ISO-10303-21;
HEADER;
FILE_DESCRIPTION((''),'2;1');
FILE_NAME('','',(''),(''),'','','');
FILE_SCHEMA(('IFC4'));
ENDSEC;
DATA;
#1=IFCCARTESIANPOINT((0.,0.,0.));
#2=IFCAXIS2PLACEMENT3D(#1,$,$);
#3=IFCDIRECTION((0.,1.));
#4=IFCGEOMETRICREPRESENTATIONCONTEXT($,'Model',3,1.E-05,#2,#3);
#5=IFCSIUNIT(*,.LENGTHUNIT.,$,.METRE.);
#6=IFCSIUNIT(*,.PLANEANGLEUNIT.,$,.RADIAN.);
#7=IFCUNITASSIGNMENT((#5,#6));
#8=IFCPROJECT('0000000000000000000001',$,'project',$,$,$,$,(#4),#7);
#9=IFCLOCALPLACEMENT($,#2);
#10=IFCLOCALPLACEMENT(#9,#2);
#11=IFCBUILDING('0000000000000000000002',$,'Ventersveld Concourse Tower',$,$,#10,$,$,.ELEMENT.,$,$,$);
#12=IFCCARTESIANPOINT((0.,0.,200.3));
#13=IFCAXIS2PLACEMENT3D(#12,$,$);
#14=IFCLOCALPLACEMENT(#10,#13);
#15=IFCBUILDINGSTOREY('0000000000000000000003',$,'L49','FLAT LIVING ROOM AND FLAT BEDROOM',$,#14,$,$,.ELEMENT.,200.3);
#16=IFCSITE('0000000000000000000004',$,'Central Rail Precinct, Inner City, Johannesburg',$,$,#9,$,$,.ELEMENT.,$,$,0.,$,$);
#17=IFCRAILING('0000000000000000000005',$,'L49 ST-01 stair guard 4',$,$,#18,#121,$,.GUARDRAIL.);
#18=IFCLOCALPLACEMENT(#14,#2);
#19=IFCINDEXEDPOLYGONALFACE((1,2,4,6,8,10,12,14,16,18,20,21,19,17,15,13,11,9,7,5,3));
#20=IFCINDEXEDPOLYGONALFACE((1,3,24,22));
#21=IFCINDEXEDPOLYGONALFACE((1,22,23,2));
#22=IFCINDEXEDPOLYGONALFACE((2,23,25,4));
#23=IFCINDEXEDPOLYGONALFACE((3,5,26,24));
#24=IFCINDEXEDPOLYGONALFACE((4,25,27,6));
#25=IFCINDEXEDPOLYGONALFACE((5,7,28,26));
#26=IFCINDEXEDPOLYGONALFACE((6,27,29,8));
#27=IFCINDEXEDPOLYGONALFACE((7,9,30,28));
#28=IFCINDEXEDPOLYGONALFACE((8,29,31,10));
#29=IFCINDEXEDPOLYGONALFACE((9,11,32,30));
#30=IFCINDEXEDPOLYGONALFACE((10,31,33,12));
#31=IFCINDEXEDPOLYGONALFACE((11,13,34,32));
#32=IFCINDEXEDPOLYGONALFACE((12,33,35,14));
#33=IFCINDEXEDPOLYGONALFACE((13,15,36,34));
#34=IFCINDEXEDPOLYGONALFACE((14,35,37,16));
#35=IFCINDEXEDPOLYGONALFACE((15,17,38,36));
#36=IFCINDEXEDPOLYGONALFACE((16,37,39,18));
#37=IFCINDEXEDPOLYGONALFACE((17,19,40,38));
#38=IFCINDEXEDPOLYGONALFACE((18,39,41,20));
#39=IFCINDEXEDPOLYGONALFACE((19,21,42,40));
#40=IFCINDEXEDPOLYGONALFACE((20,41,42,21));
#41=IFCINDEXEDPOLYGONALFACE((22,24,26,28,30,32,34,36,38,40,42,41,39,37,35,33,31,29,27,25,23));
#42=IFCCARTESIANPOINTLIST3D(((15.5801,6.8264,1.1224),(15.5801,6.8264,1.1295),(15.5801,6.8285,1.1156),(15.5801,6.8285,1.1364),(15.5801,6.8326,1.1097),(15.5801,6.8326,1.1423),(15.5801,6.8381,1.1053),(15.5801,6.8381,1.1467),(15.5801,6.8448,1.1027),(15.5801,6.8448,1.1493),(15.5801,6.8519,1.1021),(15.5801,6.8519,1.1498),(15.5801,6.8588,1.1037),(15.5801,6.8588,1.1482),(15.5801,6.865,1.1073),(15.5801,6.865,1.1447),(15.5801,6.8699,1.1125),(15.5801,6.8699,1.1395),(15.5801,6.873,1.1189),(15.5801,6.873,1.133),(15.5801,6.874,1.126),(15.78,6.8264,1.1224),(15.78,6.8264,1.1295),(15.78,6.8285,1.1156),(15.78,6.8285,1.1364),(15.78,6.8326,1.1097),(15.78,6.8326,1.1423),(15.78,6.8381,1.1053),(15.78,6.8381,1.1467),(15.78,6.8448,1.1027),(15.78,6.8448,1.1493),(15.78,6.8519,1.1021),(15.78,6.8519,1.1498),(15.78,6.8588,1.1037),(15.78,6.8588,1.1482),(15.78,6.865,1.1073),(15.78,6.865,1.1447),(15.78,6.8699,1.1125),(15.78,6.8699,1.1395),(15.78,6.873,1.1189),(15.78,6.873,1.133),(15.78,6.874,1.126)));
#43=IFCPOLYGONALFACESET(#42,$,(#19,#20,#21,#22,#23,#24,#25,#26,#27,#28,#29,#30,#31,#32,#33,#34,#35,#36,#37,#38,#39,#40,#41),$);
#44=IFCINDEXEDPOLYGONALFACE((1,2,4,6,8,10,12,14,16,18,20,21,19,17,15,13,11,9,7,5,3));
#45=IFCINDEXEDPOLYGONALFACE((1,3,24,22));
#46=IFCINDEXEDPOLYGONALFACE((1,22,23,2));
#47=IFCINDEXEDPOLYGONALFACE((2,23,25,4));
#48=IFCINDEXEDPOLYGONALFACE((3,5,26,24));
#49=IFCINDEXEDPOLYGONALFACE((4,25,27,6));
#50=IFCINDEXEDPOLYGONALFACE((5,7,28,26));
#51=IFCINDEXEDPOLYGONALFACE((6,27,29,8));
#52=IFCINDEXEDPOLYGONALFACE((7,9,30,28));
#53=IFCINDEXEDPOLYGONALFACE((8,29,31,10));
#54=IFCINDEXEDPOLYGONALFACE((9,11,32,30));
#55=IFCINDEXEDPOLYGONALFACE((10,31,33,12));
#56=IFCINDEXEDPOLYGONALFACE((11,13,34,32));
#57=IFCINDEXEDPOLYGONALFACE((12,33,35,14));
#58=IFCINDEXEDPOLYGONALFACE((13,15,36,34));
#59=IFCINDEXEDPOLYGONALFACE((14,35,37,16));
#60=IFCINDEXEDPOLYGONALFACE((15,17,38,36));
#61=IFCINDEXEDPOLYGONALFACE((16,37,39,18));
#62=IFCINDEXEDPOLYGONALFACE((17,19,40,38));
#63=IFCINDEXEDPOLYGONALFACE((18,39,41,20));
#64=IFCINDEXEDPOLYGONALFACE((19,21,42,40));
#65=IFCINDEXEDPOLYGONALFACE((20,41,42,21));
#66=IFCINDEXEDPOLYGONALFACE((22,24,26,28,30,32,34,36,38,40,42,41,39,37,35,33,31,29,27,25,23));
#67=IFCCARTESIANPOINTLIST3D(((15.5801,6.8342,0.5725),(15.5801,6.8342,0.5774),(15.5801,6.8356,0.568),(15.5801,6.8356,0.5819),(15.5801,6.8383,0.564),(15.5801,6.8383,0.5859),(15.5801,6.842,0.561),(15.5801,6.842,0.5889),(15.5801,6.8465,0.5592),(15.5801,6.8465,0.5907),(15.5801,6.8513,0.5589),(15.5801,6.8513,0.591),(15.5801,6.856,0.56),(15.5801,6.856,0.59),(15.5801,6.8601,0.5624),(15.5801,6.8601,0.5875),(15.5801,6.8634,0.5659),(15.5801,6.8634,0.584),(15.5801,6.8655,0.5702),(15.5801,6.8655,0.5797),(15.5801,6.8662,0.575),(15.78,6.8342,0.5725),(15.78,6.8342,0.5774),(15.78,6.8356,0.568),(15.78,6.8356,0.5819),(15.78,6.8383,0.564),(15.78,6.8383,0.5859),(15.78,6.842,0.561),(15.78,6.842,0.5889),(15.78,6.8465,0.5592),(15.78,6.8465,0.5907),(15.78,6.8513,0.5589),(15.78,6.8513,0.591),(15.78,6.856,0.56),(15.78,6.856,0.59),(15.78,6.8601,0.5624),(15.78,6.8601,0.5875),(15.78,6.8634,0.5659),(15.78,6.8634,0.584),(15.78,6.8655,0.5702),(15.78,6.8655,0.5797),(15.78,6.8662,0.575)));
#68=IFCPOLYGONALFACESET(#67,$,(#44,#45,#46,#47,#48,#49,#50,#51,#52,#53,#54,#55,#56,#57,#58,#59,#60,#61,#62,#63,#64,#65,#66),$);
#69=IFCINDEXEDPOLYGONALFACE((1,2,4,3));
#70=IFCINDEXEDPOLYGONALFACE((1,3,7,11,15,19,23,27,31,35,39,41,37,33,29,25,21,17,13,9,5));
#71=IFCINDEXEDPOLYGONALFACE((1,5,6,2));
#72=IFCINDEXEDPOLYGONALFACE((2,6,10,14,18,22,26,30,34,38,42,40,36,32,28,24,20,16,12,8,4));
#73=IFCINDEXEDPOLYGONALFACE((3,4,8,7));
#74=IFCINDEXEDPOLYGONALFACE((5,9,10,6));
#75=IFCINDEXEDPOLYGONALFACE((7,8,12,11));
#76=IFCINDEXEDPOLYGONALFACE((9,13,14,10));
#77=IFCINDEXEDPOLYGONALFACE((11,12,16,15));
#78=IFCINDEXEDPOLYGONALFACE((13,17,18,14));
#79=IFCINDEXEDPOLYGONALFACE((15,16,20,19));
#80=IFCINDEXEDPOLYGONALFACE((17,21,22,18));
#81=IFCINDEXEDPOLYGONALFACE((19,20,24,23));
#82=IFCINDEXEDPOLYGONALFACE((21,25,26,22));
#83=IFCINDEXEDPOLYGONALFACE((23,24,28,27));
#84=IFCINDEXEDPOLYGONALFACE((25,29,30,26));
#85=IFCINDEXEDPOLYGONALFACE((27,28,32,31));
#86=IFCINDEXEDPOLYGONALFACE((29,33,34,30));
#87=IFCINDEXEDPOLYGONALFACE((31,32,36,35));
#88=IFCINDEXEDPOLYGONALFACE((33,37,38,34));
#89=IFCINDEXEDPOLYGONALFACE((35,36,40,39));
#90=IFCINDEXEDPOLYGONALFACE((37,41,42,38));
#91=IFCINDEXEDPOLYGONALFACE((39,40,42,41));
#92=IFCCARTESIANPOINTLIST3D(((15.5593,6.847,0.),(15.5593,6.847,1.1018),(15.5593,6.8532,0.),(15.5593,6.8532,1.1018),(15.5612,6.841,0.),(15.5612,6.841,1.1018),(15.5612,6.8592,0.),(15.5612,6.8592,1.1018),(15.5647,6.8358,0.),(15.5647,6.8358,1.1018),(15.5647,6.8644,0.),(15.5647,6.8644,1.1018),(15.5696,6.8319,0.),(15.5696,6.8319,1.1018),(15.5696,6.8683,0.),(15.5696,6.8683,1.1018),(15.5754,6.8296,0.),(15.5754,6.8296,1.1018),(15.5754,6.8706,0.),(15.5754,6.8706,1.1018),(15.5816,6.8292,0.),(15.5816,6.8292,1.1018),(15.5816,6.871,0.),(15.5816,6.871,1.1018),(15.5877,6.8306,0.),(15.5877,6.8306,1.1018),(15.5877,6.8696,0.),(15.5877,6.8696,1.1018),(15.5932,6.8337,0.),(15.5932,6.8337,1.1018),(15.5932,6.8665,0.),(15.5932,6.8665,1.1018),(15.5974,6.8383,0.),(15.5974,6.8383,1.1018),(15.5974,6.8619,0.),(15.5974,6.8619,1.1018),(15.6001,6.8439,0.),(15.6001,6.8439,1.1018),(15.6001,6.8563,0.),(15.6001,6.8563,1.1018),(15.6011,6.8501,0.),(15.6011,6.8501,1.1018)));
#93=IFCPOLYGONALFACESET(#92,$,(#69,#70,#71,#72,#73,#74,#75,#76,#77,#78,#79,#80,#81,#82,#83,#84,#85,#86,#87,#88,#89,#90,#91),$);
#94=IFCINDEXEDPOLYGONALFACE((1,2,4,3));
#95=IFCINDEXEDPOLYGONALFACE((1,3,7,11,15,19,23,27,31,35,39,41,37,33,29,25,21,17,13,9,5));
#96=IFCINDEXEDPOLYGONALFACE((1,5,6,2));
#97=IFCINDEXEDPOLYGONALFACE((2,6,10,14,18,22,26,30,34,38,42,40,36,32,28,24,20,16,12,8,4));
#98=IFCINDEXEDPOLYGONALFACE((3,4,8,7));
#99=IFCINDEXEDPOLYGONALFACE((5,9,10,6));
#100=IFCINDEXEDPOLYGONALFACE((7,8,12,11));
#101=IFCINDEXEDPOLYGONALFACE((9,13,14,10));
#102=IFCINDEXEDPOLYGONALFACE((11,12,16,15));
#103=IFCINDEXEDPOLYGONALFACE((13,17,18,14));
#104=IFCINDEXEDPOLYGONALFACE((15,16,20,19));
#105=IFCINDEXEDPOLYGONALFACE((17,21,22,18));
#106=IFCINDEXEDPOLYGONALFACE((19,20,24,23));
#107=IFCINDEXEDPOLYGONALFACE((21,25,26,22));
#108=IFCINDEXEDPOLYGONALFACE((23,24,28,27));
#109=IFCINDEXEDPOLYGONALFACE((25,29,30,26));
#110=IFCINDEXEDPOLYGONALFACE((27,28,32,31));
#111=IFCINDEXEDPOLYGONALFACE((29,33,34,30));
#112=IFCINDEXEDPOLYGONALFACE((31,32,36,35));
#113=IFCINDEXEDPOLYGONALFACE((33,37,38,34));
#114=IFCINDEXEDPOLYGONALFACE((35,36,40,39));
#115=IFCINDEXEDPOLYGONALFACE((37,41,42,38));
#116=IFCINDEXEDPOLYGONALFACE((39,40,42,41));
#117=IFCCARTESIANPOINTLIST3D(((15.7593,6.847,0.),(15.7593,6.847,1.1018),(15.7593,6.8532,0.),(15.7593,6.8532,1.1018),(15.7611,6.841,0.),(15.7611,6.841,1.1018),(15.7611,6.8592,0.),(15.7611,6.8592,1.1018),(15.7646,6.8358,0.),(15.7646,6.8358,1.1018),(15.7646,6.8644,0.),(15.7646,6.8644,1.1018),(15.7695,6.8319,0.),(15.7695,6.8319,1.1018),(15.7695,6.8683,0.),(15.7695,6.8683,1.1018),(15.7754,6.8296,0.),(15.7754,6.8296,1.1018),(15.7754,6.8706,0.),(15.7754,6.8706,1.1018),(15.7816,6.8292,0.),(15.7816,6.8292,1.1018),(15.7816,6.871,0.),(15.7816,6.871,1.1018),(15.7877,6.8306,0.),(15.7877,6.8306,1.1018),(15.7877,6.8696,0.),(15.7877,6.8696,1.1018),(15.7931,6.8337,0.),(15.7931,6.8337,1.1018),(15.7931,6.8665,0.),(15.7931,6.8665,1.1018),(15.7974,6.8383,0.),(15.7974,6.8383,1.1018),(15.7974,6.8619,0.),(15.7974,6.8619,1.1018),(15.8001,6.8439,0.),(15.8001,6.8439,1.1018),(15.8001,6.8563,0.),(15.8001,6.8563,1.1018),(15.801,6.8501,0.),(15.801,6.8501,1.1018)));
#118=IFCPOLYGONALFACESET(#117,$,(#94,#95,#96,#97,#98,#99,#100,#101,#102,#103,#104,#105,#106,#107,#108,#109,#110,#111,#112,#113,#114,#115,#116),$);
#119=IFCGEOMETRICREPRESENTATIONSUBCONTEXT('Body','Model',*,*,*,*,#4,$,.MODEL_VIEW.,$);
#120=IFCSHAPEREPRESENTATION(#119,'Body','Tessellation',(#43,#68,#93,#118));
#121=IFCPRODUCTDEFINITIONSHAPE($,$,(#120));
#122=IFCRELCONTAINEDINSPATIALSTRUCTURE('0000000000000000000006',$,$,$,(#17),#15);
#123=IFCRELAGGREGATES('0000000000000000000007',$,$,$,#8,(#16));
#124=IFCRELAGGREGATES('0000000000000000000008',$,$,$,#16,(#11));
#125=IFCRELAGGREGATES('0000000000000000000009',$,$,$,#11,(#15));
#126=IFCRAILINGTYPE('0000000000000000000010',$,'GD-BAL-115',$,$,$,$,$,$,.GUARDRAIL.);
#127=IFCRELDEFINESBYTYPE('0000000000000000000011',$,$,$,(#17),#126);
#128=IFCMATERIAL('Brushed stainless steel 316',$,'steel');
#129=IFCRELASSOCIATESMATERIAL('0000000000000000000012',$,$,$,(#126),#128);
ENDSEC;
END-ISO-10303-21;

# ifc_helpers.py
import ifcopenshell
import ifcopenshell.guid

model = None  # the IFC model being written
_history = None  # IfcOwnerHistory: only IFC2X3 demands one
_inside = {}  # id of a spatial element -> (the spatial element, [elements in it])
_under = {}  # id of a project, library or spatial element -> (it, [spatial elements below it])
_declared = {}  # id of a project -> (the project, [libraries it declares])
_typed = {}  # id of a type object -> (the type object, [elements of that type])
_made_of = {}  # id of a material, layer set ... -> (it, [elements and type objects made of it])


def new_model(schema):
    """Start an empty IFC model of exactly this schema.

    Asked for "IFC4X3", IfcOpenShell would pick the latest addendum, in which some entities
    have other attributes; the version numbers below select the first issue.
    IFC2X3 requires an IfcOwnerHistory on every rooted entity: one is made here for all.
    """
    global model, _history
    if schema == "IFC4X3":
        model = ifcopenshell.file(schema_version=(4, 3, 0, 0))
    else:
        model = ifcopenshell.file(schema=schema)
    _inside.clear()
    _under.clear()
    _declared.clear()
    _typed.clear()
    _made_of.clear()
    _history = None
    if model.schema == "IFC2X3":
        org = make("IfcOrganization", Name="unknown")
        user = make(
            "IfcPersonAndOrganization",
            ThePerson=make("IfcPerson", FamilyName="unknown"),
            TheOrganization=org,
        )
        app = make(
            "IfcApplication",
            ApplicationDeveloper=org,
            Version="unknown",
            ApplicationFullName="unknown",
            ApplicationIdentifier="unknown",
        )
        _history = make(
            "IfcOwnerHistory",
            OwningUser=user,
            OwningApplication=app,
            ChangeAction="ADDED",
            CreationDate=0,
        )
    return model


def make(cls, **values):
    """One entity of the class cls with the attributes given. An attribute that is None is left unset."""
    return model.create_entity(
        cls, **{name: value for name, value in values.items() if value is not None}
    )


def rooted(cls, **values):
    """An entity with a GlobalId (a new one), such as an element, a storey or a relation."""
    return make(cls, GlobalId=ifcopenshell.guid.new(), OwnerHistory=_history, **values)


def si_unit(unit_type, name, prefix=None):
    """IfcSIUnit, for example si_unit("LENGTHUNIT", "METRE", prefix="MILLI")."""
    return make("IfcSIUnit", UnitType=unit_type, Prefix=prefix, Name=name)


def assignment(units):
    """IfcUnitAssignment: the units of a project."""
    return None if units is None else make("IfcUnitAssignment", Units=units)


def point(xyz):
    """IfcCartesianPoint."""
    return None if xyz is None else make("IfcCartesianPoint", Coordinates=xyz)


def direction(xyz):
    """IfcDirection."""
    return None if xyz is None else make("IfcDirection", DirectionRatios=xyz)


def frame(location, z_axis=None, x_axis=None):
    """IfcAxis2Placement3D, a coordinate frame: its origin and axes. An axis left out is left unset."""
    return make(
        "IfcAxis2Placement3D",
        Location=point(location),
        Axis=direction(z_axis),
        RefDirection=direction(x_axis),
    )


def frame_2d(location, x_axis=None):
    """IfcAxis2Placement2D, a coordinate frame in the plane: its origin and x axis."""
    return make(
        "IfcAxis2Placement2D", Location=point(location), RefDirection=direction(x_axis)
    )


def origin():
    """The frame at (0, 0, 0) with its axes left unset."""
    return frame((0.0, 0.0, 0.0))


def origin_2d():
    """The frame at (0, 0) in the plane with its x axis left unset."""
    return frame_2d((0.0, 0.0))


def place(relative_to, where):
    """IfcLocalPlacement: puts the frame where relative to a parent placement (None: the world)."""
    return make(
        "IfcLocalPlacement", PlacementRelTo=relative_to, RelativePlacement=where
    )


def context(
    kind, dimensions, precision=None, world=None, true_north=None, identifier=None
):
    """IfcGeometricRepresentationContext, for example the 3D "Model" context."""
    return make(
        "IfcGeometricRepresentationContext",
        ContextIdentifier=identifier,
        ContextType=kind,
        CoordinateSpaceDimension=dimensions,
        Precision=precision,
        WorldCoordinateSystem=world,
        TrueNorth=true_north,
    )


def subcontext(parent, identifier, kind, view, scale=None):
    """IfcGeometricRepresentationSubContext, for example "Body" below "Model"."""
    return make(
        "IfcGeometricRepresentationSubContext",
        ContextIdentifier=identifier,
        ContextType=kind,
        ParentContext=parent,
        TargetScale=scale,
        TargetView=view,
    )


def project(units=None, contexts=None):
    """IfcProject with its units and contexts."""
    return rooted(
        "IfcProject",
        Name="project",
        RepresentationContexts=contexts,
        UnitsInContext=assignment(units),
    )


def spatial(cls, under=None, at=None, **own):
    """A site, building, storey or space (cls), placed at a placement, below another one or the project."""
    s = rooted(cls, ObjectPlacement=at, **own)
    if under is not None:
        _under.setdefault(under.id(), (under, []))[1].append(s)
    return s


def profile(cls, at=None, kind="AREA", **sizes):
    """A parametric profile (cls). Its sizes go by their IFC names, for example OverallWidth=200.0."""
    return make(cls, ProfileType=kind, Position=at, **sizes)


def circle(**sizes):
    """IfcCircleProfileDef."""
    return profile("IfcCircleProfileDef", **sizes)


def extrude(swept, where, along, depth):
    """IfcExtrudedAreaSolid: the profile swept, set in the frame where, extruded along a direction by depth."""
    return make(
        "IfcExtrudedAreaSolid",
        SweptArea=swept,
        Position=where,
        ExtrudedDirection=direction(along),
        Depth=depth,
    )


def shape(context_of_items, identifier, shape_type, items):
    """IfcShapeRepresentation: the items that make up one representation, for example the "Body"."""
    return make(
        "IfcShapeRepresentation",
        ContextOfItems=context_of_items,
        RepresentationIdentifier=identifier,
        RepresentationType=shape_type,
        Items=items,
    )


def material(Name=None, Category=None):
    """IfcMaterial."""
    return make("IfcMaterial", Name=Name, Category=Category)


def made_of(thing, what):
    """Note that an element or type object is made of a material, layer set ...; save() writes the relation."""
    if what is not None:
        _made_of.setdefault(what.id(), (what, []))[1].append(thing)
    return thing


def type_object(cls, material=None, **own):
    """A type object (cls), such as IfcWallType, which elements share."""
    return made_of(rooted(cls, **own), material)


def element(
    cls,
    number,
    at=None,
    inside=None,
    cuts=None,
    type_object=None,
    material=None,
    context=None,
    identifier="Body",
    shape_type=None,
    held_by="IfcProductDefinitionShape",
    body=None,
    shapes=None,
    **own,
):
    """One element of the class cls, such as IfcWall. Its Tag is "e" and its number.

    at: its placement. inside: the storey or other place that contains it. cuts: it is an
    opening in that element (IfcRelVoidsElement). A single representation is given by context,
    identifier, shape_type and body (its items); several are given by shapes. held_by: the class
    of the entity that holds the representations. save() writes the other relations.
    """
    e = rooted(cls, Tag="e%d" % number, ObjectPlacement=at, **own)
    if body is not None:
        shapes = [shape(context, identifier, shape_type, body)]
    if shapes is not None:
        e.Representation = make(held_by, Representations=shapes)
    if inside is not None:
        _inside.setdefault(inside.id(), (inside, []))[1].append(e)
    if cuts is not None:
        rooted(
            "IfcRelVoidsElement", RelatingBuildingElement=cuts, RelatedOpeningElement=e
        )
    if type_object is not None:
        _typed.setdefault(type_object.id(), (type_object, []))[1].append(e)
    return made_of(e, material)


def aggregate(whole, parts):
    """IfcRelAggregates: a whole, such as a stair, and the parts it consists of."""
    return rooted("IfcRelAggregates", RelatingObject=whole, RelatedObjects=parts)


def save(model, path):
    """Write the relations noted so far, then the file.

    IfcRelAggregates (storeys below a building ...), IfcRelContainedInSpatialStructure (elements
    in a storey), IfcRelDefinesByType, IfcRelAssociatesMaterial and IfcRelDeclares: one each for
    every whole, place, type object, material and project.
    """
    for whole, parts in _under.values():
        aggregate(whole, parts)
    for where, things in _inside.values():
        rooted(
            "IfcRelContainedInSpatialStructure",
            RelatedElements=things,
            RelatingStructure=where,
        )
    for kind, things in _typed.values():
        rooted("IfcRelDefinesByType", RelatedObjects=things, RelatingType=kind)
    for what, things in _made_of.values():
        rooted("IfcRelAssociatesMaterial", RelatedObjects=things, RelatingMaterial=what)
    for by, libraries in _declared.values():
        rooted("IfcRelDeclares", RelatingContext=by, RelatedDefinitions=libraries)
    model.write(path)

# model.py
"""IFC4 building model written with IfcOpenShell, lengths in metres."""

from ifc_helpers import new_model, si_unit, direction, frame, origin, origin_2d, place, context, subcontext, project, spatial, circle, extrude, material, type_object, element, save


model = new_model("IFC4")

# Units and contexts
model_context = context("Model", 3, precision=1e-05, world=origin(), true_north=direction((0.0, 1.0)))
body_context = subcontext(model_context, "Body", "Model", "MODEL_VIEW")
ifc_project = project(units=[si_unit("LENGTHUNIT", "METRE"), si_unit("PLANEANGLEUNIT", "RADIAN")], contexts=[model_context])

# Site, building, storey
site_placement = place(None, origin())
site = spatial("IfcSite", under=ifc_project, at=site_placement, Name="Central Rail Precinct, Inner City, Johannesburg", CompositionType="ELEMENT", RefElevation=0.0)
building_placement = place(site_placement, origin())
building = spatial("IfcBuilding", under=site, at=building_placement, Name="Ventersveld Concourse Tower", CompositionType="ELEMENT")
storey_placement = place(building_placement, frame((0.0, 0.0, 200.3)))
storey = spatial("IfcBuildingStorey", under=building, at=storey_placement, Name="L49", Description="FLAT LIVING ROOM AND FLAT BEDROOM", CompositionType="ELEMENT", Elevation=200.3)

# Shared definitions
ifc_material_1 = material(Name="Brushed stainless steel 316", Category="steel")

# Railing
railing_type_1 = type_object("IfcRailingType", Name="GD-BAL-115", PredefinedType="GUARDRAIL", material=ifc_material_1)
railing_1_placement = place(storey_placement, frame((15.5801, 6.8501, 0.0)))
element("IfcRailing", 1, at=railing_1_placement, inside=storey, type_object=railing_type_1, Name="L49 ST-01 stair guard 4", PredefinedType="GUARDRAIL", context=body_context, shape_type="SweptSolid", body=[
    extrude(circle(Radius=0.0239, at=origin_2d()), frame((0.0, 0.0, 1.126), z_axis=(1.0, 0.0, 0.0), x_axis=(0.0, 1.0, 0.0)), (0.0, 0.0, 1.0), 0.2),
    extrude(circle(Radius=0.0161, at=origin_2d()), frame((0.0, 0.0, 0.575), z_axis=(1.0, 0.0, 0.0), x_axis=(0.0, 1.0, 0.0)), (0.0, 0.0, 1.0), 0.2),
    extrude(circle(Radius=0.021, at=origin_2d()), origin(), (0.0, 0.0, 1.0), 1.1018),
    extrude(circle(Radius=0.021, at=origin_2d()), frame((0.2, 0.0, 0.0)), (0.0, 0.0, 1.0), 1.1018),
])

save(model, "model.ifc")
